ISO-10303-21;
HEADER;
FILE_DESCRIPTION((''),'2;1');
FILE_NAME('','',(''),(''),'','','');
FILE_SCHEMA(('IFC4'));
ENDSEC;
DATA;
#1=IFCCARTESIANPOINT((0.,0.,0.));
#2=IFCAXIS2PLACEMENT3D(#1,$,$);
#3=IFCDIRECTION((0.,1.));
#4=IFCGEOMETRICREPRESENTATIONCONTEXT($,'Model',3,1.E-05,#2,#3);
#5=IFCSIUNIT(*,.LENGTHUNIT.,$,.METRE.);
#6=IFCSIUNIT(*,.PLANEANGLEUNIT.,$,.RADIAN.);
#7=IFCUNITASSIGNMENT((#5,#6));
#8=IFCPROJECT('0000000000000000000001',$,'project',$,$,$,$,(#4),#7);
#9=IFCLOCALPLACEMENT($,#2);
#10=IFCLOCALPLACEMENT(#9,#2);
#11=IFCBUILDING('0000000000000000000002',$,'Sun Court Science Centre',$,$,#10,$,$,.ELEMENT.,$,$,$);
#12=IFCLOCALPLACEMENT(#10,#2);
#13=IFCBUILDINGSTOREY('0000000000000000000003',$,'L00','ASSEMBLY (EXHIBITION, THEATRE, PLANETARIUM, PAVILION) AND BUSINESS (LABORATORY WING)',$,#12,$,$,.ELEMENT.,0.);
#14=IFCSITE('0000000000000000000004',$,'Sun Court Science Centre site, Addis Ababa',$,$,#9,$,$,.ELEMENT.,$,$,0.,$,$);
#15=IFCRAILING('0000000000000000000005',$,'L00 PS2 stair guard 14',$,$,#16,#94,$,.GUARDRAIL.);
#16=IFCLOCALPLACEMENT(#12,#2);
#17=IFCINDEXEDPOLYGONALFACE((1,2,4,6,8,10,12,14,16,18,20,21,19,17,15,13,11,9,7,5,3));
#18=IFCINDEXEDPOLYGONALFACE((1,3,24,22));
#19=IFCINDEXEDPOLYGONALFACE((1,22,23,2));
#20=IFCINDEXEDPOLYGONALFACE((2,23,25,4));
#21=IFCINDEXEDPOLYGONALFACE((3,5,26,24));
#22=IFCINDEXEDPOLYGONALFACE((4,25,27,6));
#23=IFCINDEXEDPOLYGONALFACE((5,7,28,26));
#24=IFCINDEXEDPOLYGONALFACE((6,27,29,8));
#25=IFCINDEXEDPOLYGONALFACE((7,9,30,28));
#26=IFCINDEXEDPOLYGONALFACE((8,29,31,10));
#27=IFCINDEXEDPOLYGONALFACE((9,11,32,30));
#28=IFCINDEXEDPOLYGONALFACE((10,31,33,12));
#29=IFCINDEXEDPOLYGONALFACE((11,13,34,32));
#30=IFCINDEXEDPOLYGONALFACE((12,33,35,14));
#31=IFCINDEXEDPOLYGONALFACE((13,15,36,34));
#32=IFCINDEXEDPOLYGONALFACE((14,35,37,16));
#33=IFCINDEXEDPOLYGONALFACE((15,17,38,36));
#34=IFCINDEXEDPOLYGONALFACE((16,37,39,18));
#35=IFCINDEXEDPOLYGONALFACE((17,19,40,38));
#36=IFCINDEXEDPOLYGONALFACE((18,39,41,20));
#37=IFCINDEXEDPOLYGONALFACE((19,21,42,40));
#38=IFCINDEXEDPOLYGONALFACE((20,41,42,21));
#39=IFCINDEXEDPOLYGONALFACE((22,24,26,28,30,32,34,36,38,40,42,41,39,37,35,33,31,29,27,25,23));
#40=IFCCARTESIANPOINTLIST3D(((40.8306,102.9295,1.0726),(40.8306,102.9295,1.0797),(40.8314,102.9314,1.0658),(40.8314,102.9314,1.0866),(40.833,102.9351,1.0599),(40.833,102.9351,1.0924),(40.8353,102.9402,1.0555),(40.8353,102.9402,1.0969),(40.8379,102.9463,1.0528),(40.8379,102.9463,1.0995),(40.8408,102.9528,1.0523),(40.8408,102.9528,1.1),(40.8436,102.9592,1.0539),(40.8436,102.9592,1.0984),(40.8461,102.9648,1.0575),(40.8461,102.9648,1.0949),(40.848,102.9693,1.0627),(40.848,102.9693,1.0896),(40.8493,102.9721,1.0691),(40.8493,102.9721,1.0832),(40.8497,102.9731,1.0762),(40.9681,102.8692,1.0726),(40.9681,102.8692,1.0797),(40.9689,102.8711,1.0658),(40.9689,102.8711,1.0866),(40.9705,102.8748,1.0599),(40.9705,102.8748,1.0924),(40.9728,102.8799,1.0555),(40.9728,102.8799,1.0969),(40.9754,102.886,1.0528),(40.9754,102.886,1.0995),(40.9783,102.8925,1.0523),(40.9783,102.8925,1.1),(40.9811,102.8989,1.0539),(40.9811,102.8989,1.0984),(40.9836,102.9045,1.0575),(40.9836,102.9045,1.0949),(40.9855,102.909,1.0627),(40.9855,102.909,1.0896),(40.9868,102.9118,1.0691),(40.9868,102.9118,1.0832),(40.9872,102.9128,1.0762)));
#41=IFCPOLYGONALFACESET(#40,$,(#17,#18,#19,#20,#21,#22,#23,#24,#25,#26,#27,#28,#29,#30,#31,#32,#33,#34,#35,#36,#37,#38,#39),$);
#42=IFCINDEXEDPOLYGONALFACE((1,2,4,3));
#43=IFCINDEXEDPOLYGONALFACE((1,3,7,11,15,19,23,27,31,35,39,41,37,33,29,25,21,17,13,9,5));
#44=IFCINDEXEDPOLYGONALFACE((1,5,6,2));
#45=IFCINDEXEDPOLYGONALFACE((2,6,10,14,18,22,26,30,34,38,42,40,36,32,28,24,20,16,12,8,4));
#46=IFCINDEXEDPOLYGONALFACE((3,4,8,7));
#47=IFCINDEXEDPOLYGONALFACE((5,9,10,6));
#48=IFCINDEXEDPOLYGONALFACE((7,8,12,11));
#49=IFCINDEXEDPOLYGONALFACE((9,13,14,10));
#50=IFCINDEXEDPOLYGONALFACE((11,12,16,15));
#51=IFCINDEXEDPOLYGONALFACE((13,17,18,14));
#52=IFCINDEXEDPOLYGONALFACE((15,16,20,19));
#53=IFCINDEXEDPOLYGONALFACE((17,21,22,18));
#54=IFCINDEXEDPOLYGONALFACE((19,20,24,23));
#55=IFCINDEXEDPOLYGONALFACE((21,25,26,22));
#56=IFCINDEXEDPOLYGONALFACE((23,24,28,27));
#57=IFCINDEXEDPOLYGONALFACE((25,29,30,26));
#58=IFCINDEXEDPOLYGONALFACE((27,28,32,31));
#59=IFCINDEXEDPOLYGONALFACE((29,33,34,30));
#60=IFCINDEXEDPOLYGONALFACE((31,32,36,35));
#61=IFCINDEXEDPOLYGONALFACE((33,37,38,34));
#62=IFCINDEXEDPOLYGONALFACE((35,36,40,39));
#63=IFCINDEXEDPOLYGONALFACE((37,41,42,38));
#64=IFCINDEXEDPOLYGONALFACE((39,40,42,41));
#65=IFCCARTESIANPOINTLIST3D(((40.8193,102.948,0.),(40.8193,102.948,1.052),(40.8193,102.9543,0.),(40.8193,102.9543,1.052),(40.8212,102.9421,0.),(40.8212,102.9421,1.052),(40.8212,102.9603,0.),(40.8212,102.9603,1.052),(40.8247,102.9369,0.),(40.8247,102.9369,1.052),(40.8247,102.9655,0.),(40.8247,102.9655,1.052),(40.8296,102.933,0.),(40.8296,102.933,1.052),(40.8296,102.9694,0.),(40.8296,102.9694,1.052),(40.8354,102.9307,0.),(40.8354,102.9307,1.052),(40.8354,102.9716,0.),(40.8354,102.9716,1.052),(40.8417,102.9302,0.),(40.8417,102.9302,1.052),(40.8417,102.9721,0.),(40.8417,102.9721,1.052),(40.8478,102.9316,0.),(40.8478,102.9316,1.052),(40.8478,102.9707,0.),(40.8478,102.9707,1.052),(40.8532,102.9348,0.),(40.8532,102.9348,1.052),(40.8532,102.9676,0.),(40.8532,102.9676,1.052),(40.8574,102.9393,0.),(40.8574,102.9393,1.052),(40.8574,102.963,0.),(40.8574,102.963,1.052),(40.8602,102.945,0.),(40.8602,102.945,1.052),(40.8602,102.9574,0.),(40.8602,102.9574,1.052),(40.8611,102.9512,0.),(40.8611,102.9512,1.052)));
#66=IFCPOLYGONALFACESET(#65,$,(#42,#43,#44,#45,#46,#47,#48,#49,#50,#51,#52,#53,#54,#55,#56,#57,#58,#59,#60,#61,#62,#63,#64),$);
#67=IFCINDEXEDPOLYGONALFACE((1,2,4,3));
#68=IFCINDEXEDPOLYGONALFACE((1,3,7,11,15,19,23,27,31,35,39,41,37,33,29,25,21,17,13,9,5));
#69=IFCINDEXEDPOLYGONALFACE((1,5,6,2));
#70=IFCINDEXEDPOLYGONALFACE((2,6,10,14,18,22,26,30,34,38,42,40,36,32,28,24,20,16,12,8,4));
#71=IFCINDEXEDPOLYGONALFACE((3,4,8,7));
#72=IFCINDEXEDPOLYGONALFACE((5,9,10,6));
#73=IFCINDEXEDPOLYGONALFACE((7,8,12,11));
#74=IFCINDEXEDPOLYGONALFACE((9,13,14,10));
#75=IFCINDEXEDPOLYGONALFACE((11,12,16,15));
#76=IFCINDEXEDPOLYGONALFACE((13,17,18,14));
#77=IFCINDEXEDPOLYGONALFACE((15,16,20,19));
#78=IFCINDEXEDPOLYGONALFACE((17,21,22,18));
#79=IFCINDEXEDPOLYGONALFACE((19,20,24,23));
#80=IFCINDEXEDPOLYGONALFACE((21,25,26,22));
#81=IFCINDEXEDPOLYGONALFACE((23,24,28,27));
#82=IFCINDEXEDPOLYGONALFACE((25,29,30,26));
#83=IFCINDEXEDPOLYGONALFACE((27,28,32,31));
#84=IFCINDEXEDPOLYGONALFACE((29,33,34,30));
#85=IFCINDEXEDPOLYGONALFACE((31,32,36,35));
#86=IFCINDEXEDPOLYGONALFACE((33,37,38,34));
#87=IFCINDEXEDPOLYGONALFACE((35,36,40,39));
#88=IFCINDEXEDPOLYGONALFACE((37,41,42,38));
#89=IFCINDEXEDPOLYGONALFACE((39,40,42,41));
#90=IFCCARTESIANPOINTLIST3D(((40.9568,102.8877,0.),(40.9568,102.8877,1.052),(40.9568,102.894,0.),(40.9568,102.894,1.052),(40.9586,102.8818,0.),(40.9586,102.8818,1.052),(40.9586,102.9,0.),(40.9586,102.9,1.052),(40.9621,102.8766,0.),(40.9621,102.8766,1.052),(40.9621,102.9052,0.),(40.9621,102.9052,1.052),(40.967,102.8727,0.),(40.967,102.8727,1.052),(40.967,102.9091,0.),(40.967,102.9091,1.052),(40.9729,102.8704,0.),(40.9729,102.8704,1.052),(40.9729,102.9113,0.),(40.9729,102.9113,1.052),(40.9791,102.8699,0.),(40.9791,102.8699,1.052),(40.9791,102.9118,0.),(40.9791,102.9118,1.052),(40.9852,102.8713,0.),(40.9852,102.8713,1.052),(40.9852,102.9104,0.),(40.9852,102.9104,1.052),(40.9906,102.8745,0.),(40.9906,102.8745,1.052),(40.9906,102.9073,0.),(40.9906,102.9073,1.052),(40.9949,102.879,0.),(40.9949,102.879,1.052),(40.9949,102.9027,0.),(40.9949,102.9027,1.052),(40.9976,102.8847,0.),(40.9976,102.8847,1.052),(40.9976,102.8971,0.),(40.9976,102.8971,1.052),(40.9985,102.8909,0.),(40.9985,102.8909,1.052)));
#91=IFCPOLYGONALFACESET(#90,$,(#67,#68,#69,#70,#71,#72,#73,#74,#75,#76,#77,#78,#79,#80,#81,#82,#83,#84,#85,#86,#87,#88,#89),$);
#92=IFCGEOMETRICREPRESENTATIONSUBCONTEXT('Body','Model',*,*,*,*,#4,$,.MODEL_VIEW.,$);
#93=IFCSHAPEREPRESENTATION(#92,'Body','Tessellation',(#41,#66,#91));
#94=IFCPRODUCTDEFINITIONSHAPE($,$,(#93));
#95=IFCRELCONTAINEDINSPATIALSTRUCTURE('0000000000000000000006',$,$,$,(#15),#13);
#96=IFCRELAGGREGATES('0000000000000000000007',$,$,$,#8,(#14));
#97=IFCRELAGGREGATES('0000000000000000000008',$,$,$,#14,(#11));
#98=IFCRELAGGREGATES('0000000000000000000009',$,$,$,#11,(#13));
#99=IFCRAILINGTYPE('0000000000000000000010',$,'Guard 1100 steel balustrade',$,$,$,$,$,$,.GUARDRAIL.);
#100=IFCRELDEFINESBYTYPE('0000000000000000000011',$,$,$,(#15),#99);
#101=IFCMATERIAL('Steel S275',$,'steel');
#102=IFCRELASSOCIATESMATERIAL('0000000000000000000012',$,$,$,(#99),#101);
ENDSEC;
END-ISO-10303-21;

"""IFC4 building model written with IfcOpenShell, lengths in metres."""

from ifc_helpers import new_model, si_unit, direction, frame, origin, origin_2d, place, context, subcontext, project, spatial, circle, extrude, material, type_object, element, save


model = new_model("IFC4")

# Units and contexts
model_context = context("Model", 3, precision=1e-05, world=origin(), true_north=direction((0.0, 1.0)))
body_context = subcontext(model_context, "Body", "Model", "MODEL_VIEW")
ifc_project = project(units=[si_unit("LENGTHUNIT", "METRE"), si_unit("PLANEANGLEUNIT", "RADIAN")], contexts=[model_context])

# Site, building, storey
site_placement = place(None, origin())
site = spatial("IfcSite", under=ifc_project, at=site_placement, Name="Sun Court Science Centre site, Addis Ababa", CompositionType="ELEMENT", RefElevation=0.0)
building_placement = place(site_placement, origin())
building = spatial("IfcBuilding", under=site, at=building_placement, Name="Sun Court Science Centre", CompositionType="ELEMENT")
storey_placement = place(building_placement, origin())
storey = spatial("IfcBuildingStorey", under=building, at=storey_placement, Name="L00", Description="ASSEMBLY (EXHIBITION, THEATRE, PLANETARIUM, PAVILION) AND BUSINESS (LABORATORY WING)", CompositionType="ELEMENT", Elevation=0.0)

# Railing
ifc_material_1 = material(Name="Steel S275", Category="steel")
railing_type_1 = type_object("IfcRailingType", Name="Guard 1100 steel balustrade", PredefinedType="GUARDRAIL", material=ifc_material_1)
railing_1_placement = place(storey_placement, frame((40.8401, 102.9512, 0.0)))
element("IfcRailing", 1, at=railing_1_placement, inside=storey, type_object=railing_type_1, Name="L00 PS2 stair guard 14", PredefinedType="GUARDRAIL", context=body_context, shape_type="SweptSolid", body=[
    extrude(circle(Radius=0.0239, at=origin_2d()), frame((0.0, 0.0, 1.0762), z_axis=(0.915746, -0.401757, 0.0), x_axis=(0.401757, 0.915746, 0.0)), (0.0, 0.0, 1.0), 0.1501),
    extrude(circle(Radius=0.021, at=origin_2d()), origin(), (0.0, 0.0, 1.0), 1.052),
    extrude(circle(Radius=0.021, at=origin_2d()), frame((0.1375, -0.0603, 0.0)), (0.0, 0.0, 1.0), 1.052),
])

save(model, "model.ifc")
